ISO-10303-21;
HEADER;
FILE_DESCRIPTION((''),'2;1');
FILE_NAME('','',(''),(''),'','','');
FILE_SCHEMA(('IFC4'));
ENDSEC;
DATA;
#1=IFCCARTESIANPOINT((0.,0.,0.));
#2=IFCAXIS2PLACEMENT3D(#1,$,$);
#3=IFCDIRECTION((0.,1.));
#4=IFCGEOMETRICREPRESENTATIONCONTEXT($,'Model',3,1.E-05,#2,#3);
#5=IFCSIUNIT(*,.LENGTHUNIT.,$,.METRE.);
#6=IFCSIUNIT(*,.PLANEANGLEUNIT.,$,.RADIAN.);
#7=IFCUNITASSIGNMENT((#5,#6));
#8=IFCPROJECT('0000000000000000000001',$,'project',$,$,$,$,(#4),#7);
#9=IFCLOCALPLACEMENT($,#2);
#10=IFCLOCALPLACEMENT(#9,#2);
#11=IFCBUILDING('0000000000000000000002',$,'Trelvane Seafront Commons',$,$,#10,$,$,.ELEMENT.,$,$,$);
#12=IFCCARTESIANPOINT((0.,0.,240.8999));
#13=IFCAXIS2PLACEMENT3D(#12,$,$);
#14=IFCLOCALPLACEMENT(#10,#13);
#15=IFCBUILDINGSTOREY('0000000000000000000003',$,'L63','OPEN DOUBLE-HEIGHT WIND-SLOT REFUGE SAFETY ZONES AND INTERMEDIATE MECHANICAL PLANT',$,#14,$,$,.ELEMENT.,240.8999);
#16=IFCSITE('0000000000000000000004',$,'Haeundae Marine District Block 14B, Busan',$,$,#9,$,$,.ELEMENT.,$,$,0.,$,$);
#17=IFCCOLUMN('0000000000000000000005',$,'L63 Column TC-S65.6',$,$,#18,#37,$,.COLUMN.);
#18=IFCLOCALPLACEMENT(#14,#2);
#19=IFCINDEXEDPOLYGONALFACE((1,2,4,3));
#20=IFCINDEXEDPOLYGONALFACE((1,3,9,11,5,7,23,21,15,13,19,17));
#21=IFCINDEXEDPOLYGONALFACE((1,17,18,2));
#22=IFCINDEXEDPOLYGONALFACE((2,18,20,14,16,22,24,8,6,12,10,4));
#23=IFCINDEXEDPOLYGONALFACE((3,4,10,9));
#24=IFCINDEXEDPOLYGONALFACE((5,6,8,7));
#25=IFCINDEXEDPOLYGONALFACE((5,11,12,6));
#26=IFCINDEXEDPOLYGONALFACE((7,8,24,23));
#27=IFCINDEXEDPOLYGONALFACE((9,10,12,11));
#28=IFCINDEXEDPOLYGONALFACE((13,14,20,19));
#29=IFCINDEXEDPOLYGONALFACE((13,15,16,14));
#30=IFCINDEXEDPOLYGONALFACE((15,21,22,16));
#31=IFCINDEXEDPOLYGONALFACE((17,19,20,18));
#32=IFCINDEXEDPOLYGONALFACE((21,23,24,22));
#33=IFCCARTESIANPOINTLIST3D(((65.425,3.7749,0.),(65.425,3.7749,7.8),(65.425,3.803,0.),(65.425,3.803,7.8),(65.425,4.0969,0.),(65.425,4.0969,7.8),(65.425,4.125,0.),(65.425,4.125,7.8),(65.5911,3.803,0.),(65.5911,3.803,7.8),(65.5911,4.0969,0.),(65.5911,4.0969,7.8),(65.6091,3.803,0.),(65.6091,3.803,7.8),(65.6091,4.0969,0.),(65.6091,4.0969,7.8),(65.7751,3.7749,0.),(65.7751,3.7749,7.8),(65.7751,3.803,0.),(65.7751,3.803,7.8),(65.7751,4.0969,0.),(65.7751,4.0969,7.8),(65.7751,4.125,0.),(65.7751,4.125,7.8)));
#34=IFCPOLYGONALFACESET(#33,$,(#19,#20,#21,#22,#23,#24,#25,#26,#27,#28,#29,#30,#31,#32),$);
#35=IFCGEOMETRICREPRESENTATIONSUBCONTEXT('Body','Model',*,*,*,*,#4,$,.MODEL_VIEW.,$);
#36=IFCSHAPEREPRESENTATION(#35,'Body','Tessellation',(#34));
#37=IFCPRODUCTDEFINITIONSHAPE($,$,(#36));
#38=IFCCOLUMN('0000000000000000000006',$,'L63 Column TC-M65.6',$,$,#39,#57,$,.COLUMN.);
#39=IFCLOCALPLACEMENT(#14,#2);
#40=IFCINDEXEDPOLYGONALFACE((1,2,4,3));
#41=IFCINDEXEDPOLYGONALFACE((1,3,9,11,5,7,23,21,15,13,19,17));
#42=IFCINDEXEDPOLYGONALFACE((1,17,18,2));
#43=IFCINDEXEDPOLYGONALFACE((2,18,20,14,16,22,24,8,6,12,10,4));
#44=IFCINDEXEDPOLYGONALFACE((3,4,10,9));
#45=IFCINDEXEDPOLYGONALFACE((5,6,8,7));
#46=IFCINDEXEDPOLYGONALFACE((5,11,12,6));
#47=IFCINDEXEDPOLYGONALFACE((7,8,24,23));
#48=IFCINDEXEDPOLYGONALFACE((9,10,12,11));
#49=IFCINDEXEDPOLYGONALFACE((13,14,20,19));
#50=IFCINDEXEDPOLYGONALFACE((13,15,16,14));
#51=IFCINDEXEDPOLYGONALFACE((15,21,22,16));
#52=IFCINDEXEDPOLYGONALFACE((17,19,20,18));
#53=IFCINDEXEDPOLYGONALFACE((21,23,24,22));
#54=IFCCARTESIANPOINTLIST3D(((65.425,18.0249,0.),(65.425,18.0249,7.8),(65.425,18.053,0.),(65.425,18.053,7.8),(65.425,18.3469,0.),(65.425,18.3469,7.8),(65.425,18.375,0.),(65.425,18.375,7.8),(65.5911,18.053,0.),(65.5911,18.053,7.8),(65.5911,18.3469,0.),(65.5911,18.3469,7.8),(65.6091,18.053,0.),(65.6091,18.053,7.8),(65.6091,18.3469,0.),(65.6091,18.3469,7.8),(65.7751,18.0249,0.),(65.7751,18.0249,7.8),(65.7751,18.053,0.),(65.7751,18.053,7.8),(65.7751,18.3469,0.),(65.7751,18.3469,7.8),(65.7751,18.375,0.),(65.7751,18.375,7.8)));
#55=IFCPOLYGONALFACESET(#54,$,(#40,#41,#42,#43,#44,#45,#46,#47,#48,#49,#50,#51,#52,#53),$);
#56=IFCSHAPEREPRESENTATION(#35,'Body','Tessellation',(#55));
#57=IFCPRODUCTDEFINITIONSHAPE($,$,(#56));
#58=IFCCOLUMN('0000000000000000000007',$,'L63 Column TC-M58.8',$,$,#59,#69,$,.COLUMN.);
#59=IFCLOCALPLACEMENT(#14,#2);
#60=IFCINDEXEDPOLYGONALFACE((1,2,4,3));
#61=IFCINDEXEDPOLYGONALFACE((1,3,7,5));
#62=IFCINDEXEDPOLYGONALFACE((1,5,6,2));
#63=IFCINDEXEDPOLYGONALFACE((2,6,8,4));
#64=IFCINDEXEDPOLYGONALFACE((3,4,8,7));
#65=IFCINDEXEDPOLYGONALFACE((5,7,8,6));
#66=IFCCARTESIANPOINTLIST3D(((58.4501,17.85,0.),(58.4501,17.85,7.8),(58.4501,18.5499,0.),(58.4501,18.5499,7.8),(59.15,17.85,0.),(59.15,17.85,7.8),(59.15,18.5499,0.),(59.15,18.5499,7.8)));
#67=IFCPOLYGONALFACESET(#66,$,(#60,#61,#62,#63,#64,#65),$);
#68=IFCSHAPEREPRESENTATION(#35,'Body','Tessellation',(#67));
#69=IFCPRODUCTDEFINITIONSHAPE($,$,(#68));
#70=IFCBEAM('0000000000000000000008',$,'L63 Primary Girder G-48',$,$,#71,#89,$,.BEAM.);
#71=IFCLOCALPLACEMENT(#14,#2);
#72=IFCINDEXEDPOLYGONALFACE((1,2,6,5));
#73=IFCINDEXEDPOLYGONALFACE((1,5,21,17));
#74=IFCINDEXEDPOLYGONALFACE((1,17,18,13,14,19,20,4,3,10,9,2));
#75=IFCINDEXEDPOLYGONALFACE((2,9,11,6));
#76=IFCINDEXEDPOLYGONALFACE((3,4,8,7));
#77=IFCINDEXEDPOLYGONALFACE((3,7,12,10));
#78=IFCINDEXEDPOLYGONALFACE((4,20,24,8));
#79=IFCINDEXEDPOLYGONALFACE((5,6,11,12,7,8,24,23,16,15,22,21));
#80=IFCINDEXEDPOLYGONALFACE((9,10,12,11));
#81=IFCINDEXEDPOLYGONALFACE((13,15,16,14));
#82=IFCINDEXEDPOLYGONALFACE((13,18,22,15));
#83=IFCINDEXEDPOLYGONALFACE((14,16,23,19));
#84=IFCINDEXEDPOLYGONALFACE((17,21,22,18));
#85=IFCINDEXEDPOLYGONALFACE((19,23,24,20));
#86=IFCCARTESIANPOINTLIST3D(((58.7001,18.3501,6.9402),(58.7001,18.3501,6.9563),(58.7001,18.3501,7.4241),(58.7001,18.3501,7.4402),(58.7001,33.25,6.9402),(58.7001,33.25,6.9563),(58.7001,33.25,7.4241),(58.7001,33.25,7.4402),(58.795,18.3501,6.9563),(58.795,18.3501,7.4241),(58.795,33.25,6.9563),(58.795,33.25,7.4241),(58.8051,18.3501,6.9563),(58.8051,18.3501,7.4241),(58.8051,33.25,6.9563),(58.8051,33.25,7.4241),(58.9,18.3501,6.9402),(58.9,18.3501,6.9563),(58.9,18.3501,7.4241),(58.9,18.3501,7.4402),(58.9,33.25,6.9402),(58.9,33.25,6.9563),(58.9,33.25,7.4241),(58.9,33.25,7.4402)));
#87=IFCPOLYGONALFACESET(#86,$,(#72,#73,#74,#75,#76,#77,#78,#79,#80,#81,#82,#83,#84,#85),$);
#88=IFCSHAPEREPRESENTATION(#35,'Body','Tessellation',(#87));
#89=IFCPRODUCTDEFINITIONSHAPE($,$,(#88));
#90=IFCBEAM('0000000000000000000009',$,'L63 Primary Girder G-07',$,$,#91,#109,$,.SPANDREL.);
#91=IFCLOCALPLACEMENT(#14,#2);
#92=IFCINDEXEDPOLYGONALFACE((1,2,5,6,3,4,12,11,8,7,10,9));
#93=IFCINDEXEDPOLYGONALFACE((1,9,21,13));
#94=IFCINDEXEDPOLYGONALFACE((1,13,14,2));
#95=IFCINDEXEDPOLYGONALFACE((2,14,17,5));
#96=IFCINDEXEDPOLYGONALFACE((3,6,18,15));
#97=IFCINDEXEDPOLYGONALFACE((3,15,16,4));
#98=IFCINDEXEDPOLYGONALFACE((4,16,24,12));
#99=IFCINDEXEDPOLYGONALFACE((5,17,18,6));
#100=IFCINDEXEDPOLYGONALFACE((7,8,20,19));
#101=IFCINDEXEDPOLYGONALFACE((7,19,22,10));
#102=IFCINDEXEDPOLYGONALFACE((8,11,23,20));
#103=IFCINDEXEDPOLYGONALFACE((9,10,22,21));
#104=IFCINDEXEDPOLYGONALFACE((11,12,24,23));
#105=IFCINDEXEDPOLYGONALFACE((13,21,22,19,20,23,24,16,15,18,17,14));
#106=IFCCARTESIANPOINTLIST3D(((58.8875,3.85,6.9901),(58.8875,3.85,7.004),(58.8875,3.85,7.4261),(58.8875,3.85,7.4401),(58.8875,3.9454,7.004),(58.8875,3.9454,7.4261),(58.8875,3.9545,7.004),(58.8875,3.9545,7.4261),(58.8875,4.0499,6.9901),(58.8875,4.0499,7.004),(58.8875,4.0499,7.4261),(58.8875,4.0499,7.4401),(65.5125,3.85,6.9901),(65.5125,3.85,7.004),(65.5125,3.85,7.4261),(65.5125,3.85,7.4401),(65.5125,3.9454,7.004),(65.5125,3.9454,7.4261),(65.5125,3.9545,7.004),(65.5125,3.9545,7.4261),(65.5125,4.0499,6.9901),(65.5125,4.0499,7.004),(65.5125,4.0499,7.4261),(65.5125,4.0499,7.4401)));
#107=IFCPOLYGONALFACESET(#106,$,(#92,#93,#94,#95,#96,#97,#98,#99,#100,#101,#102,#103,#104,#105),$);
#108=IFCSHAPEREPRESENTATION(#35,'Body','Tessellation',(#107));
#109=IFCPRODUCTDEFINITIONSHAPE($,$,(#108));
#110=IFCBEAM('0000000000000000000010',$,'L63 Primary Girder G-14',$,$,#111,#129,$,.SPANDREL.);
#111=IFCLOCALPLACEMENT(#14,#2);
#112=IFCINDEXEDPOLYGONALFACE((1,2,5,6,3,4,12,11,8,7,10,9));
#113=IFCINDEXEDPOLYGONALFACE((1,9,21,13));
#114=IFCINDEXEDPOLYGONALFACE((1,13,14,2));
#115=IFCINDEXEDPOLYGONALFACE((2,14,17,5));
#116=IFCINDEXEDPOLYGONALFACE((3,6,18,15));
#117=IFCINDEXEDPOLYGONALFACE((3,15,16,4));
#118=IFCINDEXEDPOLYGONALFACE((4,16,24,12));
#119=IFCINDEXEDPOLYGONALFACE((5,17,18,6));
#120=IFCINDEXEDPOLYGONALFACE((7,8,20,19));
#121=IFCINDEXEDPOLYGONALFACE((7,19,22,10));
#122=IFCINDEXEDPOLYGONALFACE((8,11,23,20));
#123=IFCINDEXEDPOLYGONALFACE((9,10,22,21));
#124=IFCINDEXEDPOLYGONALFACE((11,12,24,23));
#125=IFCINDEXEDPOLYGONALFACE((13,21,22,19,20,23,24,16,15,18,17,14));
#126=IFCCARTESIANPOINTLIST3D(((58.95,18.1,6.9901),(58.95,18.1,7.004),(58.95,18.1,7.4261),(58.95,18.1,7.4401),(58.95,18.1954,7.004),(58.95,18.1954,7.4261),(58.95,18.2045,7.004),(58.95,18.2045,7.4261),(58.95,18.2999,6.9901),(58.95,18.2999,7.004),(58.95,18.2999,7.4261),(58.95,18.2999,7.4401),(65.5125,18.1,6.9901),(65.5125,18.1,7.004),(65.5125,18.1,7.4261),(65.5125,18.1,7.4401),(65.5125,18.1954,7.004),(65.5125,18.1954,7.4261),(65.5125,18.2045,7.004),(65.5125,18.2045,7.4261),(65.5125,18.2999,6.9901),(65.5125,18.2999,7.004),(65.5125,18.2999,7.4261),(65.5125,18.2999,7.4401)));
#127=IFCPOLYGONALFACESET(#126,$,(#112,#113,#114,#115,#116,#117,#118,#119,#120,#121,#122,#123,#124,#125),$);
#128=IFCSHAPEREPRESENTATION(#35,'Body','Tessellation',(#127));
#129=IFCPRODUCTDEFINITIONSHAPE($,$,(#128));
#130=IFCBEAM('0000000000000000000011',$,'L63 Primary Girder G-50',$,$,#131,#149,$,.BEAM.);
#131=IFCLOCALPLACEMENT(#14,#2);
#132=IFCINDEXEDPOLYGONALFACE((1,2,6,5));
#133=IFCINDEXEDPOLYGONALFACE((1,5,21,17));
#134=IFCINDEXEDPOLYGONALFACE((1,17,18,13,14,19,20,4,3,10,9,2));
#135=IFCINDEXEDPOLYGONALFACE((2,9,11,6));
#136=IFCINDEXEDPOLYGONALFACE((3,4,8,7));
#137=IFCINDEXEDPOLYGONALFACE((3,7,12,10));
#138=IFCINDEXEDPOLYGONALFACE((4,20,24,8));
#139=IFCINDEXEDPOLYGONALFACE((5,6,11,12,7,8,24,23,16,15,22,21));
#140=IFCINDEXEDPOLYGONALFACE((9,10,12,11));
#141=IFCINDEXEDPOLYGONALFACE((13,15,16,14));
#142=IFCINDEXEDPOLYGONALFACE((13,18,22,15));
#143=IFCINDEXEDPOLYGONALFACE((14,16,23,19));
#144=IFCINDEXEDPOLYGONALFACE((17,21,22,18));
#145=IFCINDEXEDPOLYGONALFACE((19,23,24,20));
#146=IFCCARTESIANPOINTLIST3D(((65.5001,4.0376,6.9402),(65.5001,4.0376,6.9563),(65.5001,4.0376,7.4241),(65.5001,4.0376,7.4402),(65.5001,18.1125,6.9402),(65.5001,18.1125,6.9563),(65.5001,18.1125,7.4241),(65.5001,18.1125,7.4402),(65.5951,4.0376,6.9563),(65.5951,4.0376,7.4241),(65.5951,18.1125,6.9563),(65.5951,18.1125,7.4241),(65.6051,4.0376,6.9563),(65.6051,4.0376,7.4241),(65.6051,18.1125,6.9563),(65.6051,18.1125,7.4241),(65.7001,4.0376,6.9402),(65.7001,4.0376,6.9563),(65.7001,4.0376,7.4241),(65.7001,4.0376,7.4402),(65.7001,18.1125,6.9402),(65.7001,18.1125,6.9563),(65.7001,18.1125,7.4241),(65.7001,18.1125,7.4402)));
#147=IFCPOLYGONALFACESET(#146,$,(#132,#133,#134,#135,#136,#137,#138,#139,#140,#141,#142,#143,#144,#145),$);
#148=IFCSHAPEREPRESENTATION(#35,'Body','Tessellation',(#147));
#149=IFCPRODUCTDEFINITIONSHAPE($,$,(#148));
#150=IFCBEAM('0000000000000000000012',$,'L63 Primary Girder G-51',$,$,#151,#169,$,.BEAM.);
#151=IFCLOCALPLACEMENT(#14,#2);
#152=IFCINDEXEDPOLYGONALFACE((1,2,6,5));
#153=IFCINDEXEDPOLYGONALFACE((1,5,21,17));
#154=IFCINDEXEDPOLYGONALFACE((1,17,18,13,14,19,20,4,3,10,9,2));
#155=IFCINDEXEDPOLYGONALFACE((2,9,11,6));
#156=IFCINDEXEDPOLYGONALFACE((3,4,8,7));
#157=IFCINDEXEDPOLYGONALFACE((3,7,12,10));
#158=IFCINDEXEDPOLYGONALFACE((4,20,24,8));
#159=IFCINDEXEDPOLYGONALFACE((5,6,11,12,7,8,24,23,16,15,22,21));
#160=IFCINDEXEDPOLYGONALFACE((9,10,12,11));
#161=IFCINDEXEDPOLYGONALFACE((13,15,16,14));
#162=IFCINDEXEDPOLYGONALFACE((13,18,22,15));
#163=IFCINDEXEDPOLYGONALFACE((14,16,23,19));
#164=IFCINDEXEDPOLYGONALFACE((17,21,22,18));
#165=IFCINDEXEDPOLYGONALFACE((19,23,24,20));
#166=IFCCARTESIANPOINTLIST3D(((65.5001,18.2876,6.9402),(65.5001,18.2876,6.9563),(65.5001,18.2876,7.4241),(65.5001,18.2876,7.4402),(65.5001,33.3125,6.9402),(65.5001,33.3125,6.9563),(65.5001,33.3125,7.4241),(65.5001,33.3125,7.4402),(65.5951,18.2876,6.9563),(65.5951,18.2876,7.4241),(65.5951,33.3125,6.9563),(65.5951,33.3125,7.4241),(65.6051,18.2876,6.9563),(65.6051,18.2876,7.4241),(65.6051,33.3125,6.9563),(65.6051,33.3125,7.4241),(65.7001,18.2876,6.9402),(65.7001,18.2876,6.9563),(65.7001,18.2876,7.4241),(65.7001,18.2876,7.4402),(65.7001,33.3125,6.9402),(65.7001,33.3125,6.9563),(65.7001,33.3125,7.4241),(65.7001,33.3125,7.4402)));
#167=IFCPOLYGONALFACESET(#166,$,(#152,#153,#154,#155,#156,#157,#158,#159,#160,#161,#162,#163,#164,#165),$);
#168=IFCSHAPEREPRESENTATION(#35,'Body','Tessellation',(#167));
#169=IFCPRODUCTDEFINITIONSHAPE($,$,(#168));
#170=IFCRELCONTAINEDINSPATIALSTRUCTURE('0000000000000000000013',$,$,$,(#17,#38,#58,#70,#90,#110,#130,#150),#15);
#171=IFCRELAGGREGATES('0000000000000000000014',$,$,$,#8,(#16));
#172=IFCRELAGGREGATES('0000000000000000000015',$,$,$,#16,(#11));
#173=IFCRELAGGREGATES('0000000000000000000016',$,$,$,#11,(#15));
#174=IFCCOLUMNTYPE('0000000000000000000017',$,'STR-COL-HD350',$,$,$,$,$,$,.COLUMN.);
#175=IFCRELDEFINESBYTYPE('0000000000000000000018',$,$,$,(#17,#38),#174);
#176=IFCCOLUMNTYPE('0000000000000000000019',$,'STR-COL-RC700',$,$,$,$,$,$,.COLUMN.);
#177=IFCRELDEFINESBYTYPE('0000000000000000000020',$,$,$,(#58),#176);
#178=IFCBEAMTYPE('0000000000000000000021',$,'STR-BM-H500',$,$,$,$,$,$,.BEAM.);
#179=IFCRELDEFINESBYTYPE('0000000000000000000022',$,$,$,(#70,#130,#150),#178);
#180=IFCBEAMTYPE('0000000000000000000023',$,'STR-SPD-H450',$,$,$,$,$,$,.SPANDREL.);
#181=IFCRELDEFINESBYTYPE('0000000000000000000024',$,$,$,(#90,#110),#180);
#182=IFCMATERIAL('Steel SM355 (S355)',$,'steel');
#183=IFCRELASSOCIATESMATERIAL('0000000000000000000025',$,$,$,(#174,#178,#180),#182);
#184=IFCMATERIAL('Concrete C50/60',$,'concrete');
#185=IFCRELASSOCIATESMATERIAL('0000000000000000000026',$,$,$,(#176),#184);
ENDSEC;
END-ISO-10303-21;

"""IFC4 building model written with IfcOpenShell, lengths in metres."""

from ifc_helpers import new_model, si_unit, direction, frame, origin, origin_2d, place, context, subcontext, project, spatial, rectangle, i_section, extrude, source, transform, mapped, material, material_profile, profile_set, type_object, element, save


model = new_model("IFC4")

# Units and contexts
model_context = context("Model", 3, precision=1e-05, world=origin(), true_north=direction((0.0, 1.0)))
body_context = subcontext(model_context, "Body", "Model", "MODEL_VIEW")
ifc_project = project(units=[si_unit("LENGTHUNIT", "METRE"), si_unit("PLANEANGLEUNIT", "RADIAN")], contexts=[model_context])

# Site, building, storey
site_placement = place(None, origin())
site = spatial("IfcSite", under=ifc_project, at=site_placement, Name="Haeundae Marine District Block 14B, Busan", CompositionType="ELEMENT", RefElevation=0.0)
building_placement = place(site_placement, origin())
building = spatial("IfcBuilding", under=site, at=building_placement, Name="Trelvane Seafront Commons", CompositionType="ELEMENT")
storey_placement = place(building_placement, frame((0.0, 0.0, 240.8999)))
storey = spatial("IfcBuildingStorey", under=building, at=storey_placement, Name="L63", Description="OPEN DOUBLE-HEIGHT WIND-SLOT REFUGE SAFETY ZONES AND INTERMEDIATE MECHANICAL PLANT", CompositionType="ELEMENT", Elevation=240.8999)

# Columns
ifc_material_1 = material(Name="Steel SM355 (S355)", Category="steel")
ifc_material_profile_1 = material_profile(ifc_material_1, i_section(OverallWidth=0.3501, OverallDepth=0.3501, WebThickness=0.0181, FlangeThickness=0.0281, at=origin_2d()), Name="HD-350x350x18x28")
ifc_profile_set_1 = profile_set([ifc_material_profile_1], Name="Steel SM355 (S355)")
column_type_1 = type_object("IfcColumnType", Name="STR-COL-HD350", PredefinedType="COLUMN", material=ifc_profile_set_1)
shared_shape_1 = source(origin(), body_context, "Body", "SweptSolid", [
    extrude(i_section(OverallWidth=0.3501, OverallDepth=0.3501, WebThickness=0.0181, FlangeThickness=0.0281, at=origin_2d()), origin(), (0.0, 0.0, 1.0), 7.8),
])
for number, where, z_axis, x_axis, name in (
    (1, (65.6001, 3.95, 0.0), (0.0, 0.0, 1.0), (1.0, 0.0, 0.0), "L63 Column TC-S65.6"),
    (2, (65.6001, 18.2, 0.0), (0.0, 0.0, 1.0), (1.0, 0.0, 0.0), "L63 Column TC-M65.6"),
):
    element("IfcColumn", number, at=place(storey_placement, frame(where, z_axis=z_axis, x_axis=x_axis)), inside=storey, type_object=column_type_1, Name=name, PredefinedType="COLUMN", context=body_context, shape_type="MappedRepresentation", body=[
        mapped(shared_shape_1, transform((0.0, 0.0, 0.0), x_axis=(1.0, 0.0, 0.0), y_axis=(0.0, 1.0, 0.0), z_axis=(0.0, 0.0, 1.0), scale=1.0)),
    ])
ifc_material_2 = material(Name="Concrete C50/60", Category="concrete")
ifc_material_profile_2 = material_profile(ifc_material_2, rectangle(XDim=0.7, YDim=0.7, at=origin_2d()), Name="RC-700x700")
ifc_profile_set_2 = profile_set([ifc_material_profile_2], Name="Concrete C50/60")
column_type_2 = type_object("IfcColumnType", Name="STR-COL-RC700", PredefinedType="COLUMN", material=ifc_profile_set_2)
shared_shape_2 = source(origin(), body_context, "Body", "SweptSolid", [
    extrude(rectangle(XDim=0.7, YDim=0.7, at=origin_2d()), origin(), (0.0, 0.0, 1.0), 7.8),
])
column_placement = place(storey_placement, frame((58.8, 18.2, 0.0), z_axis=(0.0, 0.0, 1.0), x_axis=(1.0, 0.0, 0.0)))
element("IfcColumn", 3, at=column_placement, inside=storey, type_object=column_type_2, Name="L63 Column TC-M58.8", PredefinedType="COLUMN", context=body_context, shape_type="MappedRepresentation", body=[
    mapped(shared_shape_2, transform((0.0, 0.0, 0.0), x_axis=(1.0, 0.0, 0.0), y_axis=(0.0, 1.0, 0.0), z_axis=(0.0, 0.0, 1.0), scale=1.0)),
])

# Beams
ifc_material_profile_3 = material_profile(ifc_material_1, i_section(OverallWidth=0.2, OverallDepth=0.5, WebThickness=0.01, FlangeThickness=0.0161, at=origin_2d()), Name="H-500x200x10x16")
ifc_profile_set_3 = profile_set([ifc_material_profile_3], Name="Steel SM355 (S355)")
beam_type_1 = type_object("IfcBeamType", Name="STR-BM-H500", PredefinedType="BEAM", material=ifc_profile_set_3)
shared_shape_3 = source(origin(), body_context, "Body", "SweptSolid", [
    extrude(i_section(OverallWidth=0.2, OverallDepth=0.5, WebThickness=0.01, FlangeThickness=0.0161, at=origin_2d()), origin(), (0.0, 0.0, 1.0), 14.8999),
])
beam_1_placement = place(storey_placement, frame((58.8, 18.3501, 7.1902), z_axis=(0.0, 1.0, 0.0), x_axis=(-1.0, 0.0, 0.0)))
element("IfcBeam", 4, at=beam_1_placement, inside=storey, type_object=beam_type_1, Name="L63 Primary Girder G-48", PredefinedType="BEAM", context=body_context, shape_type="MappedRepresentation", body=[
    mapped(shared_shape_3, transform((0.0, 0.0, 0.0), x_axis=(1.0, 0.0, 0.0), y_axis=(0.0, 1.0, 0.0), z_axis=(0.0, 0.0, 1.0), scale=1.0)),
])
ifc_material_profile_4 = material_profile(ifc_material_1, i_section(OverallWidth=0.2, OverallDepth=0.45, WebThickness=0.009, FlangeThickness=0.0139, at=origin_2d()), Name="H-450x200x9x14")
ifc_profile_set_4 = profile_set([ifc_material_profile_4], Name="Steel SM355 (S355)")
beam_type_2 = type_object("IfcBeamType", Name="STR-SPD-H450", PredefinedType="SPANDREL", material=ifc_profile_set_4)
shared_shape_4 = source(origin(), body_context, "Body", "SweptSolid", [
    extrude(i_section(OverallWidth=0.2, OverallDepth=0.45, WebThickness=0.009, FlangeThickness=0.0139, at=origin_2d()), origin(), (0.0, 0.0, 1.0), 6.625),
])
beam_2_placement = place(storey_placement, frame((58.8875, 3.95, 7.2151), z_axis=(1.0, 0.0, 0.0), x_axis=(0.0, 1.0, 0.0)))
element("IfcBeam", 5, at=beam_2_placement, inside=storey, type_object=beam_type_2, Name="L63 Primary Girder G-07", PredefinedType="SPANDREL", context=body_context, shape_type="MappedRepresentation", body=[
    mapped(shared_shape_4, transform((0.0, 0.0, 0.0), x_axis=(1.0, 0.0, 0.0), y_axis=(0.0, 1.0, 0.0), z_axis=(0.0, 0.0, 1.0), scale=1.0)),
])
shared_shape_5 = source(origin(), body_context, "Body", "SweptSolid", [
    extrude(i_section(OverallWidth=0.2, OverallDepth=0.45, WebThickness=0.009, FlangeThickness=0.0139, at=origin_2d()), origin(), (0.0, 0.0, 1.0), 6.5625),
])
beam_3_placement = place(storey_placement, frame((58.95, 18.2, 7.2151), z_axis=(1.0, 0.0, 0.0), x_axis=(0.0, 1.0, 0.0)))
element("IfcBeam", 6, at=beam_3_placement, inside=storey, type_object=beam_type_2, Name="L63 Primary Girder G-14", PredefinedType="SPANDREL", context=body_context, shape_type="MappedRepresentation", body=[
    mapped(shared_shape_5, transform((0.0, 0.0, 0.0), x_axis=(1.0, 0.0, 0.0), y_axis=(0.0, 1.0, 0.0), z_axis=(0.0, 0.0, 1.0), scale=1.0)),
])
shared_shape_6 = source(origin(), body_context, "Body", "SweptSolid", [
    extrude(i_section(OverallWidth=0.2, OverallDepth=0.5, WebThickness=0.01, FlangeThickness=0.0161, at=origin_2d()), origin(), (0.0, 0.0, 1.0), 14.075),
])
beam_4_placement = place(storey_placement, frame((65.6001, 4.0376, 7.1902), z_axis=(0.0, 1.0, 0.0), x_axis=(-1.0, 0.0, 0.0)))
element("IfcBeam", 7, at=beam_4_placement, inside=storey, type_object=beam_type_1, Name="L63 Primary Girder G-50", PredefinedType="BEAM", context=body_context, shape_type="MappedRepresentation", body=[
    mapped(shared_shape_6, transform((0.0, 0.0, 0.0), x_axis=(1.0, 0.0, 0.0), y_axis=(0.0, 1.0, 0.0), z_axis=(0.0, 0.0, 1.0), scale=1.0)),
])
shared_shape_7 = source(origin(), body_context, "Body", "SweptSolid", [
    extrude(i_section(OverallWidth=0.2, OverallDepth=0.5, WebThickness=0.01, FlangeThickness=0.0161, at=origin_2d()), origin(), (0.0, 0.0, 1.0), 15.0249),
])
beam_5_placement = place(storey_placement, frame((65.6001, 18.2876, 7.1902), z_axis=(0.0, 1.0, 0.0), x_axis=(-1.0, 0.0, 0.0)))
element("IfcBeam", 8, at=beam_5_placement, inside=storey, type_object=beam_type_1, Name="L63 Primary Girder G-51", PredefinedType="BEAM", context=body_context, shape_type="MappedRepresentation", body=[
    mapped(shared_shape_7, transform((0.0, 0.0, 0.0), x_axis=(1.0, 0.0, 0.0), y_axis=(0.0, 1.0, 0.0), z_axis=(0.0, 0.0, 1.0), scale=1.0)),
])

save(model, "model.ifc")
